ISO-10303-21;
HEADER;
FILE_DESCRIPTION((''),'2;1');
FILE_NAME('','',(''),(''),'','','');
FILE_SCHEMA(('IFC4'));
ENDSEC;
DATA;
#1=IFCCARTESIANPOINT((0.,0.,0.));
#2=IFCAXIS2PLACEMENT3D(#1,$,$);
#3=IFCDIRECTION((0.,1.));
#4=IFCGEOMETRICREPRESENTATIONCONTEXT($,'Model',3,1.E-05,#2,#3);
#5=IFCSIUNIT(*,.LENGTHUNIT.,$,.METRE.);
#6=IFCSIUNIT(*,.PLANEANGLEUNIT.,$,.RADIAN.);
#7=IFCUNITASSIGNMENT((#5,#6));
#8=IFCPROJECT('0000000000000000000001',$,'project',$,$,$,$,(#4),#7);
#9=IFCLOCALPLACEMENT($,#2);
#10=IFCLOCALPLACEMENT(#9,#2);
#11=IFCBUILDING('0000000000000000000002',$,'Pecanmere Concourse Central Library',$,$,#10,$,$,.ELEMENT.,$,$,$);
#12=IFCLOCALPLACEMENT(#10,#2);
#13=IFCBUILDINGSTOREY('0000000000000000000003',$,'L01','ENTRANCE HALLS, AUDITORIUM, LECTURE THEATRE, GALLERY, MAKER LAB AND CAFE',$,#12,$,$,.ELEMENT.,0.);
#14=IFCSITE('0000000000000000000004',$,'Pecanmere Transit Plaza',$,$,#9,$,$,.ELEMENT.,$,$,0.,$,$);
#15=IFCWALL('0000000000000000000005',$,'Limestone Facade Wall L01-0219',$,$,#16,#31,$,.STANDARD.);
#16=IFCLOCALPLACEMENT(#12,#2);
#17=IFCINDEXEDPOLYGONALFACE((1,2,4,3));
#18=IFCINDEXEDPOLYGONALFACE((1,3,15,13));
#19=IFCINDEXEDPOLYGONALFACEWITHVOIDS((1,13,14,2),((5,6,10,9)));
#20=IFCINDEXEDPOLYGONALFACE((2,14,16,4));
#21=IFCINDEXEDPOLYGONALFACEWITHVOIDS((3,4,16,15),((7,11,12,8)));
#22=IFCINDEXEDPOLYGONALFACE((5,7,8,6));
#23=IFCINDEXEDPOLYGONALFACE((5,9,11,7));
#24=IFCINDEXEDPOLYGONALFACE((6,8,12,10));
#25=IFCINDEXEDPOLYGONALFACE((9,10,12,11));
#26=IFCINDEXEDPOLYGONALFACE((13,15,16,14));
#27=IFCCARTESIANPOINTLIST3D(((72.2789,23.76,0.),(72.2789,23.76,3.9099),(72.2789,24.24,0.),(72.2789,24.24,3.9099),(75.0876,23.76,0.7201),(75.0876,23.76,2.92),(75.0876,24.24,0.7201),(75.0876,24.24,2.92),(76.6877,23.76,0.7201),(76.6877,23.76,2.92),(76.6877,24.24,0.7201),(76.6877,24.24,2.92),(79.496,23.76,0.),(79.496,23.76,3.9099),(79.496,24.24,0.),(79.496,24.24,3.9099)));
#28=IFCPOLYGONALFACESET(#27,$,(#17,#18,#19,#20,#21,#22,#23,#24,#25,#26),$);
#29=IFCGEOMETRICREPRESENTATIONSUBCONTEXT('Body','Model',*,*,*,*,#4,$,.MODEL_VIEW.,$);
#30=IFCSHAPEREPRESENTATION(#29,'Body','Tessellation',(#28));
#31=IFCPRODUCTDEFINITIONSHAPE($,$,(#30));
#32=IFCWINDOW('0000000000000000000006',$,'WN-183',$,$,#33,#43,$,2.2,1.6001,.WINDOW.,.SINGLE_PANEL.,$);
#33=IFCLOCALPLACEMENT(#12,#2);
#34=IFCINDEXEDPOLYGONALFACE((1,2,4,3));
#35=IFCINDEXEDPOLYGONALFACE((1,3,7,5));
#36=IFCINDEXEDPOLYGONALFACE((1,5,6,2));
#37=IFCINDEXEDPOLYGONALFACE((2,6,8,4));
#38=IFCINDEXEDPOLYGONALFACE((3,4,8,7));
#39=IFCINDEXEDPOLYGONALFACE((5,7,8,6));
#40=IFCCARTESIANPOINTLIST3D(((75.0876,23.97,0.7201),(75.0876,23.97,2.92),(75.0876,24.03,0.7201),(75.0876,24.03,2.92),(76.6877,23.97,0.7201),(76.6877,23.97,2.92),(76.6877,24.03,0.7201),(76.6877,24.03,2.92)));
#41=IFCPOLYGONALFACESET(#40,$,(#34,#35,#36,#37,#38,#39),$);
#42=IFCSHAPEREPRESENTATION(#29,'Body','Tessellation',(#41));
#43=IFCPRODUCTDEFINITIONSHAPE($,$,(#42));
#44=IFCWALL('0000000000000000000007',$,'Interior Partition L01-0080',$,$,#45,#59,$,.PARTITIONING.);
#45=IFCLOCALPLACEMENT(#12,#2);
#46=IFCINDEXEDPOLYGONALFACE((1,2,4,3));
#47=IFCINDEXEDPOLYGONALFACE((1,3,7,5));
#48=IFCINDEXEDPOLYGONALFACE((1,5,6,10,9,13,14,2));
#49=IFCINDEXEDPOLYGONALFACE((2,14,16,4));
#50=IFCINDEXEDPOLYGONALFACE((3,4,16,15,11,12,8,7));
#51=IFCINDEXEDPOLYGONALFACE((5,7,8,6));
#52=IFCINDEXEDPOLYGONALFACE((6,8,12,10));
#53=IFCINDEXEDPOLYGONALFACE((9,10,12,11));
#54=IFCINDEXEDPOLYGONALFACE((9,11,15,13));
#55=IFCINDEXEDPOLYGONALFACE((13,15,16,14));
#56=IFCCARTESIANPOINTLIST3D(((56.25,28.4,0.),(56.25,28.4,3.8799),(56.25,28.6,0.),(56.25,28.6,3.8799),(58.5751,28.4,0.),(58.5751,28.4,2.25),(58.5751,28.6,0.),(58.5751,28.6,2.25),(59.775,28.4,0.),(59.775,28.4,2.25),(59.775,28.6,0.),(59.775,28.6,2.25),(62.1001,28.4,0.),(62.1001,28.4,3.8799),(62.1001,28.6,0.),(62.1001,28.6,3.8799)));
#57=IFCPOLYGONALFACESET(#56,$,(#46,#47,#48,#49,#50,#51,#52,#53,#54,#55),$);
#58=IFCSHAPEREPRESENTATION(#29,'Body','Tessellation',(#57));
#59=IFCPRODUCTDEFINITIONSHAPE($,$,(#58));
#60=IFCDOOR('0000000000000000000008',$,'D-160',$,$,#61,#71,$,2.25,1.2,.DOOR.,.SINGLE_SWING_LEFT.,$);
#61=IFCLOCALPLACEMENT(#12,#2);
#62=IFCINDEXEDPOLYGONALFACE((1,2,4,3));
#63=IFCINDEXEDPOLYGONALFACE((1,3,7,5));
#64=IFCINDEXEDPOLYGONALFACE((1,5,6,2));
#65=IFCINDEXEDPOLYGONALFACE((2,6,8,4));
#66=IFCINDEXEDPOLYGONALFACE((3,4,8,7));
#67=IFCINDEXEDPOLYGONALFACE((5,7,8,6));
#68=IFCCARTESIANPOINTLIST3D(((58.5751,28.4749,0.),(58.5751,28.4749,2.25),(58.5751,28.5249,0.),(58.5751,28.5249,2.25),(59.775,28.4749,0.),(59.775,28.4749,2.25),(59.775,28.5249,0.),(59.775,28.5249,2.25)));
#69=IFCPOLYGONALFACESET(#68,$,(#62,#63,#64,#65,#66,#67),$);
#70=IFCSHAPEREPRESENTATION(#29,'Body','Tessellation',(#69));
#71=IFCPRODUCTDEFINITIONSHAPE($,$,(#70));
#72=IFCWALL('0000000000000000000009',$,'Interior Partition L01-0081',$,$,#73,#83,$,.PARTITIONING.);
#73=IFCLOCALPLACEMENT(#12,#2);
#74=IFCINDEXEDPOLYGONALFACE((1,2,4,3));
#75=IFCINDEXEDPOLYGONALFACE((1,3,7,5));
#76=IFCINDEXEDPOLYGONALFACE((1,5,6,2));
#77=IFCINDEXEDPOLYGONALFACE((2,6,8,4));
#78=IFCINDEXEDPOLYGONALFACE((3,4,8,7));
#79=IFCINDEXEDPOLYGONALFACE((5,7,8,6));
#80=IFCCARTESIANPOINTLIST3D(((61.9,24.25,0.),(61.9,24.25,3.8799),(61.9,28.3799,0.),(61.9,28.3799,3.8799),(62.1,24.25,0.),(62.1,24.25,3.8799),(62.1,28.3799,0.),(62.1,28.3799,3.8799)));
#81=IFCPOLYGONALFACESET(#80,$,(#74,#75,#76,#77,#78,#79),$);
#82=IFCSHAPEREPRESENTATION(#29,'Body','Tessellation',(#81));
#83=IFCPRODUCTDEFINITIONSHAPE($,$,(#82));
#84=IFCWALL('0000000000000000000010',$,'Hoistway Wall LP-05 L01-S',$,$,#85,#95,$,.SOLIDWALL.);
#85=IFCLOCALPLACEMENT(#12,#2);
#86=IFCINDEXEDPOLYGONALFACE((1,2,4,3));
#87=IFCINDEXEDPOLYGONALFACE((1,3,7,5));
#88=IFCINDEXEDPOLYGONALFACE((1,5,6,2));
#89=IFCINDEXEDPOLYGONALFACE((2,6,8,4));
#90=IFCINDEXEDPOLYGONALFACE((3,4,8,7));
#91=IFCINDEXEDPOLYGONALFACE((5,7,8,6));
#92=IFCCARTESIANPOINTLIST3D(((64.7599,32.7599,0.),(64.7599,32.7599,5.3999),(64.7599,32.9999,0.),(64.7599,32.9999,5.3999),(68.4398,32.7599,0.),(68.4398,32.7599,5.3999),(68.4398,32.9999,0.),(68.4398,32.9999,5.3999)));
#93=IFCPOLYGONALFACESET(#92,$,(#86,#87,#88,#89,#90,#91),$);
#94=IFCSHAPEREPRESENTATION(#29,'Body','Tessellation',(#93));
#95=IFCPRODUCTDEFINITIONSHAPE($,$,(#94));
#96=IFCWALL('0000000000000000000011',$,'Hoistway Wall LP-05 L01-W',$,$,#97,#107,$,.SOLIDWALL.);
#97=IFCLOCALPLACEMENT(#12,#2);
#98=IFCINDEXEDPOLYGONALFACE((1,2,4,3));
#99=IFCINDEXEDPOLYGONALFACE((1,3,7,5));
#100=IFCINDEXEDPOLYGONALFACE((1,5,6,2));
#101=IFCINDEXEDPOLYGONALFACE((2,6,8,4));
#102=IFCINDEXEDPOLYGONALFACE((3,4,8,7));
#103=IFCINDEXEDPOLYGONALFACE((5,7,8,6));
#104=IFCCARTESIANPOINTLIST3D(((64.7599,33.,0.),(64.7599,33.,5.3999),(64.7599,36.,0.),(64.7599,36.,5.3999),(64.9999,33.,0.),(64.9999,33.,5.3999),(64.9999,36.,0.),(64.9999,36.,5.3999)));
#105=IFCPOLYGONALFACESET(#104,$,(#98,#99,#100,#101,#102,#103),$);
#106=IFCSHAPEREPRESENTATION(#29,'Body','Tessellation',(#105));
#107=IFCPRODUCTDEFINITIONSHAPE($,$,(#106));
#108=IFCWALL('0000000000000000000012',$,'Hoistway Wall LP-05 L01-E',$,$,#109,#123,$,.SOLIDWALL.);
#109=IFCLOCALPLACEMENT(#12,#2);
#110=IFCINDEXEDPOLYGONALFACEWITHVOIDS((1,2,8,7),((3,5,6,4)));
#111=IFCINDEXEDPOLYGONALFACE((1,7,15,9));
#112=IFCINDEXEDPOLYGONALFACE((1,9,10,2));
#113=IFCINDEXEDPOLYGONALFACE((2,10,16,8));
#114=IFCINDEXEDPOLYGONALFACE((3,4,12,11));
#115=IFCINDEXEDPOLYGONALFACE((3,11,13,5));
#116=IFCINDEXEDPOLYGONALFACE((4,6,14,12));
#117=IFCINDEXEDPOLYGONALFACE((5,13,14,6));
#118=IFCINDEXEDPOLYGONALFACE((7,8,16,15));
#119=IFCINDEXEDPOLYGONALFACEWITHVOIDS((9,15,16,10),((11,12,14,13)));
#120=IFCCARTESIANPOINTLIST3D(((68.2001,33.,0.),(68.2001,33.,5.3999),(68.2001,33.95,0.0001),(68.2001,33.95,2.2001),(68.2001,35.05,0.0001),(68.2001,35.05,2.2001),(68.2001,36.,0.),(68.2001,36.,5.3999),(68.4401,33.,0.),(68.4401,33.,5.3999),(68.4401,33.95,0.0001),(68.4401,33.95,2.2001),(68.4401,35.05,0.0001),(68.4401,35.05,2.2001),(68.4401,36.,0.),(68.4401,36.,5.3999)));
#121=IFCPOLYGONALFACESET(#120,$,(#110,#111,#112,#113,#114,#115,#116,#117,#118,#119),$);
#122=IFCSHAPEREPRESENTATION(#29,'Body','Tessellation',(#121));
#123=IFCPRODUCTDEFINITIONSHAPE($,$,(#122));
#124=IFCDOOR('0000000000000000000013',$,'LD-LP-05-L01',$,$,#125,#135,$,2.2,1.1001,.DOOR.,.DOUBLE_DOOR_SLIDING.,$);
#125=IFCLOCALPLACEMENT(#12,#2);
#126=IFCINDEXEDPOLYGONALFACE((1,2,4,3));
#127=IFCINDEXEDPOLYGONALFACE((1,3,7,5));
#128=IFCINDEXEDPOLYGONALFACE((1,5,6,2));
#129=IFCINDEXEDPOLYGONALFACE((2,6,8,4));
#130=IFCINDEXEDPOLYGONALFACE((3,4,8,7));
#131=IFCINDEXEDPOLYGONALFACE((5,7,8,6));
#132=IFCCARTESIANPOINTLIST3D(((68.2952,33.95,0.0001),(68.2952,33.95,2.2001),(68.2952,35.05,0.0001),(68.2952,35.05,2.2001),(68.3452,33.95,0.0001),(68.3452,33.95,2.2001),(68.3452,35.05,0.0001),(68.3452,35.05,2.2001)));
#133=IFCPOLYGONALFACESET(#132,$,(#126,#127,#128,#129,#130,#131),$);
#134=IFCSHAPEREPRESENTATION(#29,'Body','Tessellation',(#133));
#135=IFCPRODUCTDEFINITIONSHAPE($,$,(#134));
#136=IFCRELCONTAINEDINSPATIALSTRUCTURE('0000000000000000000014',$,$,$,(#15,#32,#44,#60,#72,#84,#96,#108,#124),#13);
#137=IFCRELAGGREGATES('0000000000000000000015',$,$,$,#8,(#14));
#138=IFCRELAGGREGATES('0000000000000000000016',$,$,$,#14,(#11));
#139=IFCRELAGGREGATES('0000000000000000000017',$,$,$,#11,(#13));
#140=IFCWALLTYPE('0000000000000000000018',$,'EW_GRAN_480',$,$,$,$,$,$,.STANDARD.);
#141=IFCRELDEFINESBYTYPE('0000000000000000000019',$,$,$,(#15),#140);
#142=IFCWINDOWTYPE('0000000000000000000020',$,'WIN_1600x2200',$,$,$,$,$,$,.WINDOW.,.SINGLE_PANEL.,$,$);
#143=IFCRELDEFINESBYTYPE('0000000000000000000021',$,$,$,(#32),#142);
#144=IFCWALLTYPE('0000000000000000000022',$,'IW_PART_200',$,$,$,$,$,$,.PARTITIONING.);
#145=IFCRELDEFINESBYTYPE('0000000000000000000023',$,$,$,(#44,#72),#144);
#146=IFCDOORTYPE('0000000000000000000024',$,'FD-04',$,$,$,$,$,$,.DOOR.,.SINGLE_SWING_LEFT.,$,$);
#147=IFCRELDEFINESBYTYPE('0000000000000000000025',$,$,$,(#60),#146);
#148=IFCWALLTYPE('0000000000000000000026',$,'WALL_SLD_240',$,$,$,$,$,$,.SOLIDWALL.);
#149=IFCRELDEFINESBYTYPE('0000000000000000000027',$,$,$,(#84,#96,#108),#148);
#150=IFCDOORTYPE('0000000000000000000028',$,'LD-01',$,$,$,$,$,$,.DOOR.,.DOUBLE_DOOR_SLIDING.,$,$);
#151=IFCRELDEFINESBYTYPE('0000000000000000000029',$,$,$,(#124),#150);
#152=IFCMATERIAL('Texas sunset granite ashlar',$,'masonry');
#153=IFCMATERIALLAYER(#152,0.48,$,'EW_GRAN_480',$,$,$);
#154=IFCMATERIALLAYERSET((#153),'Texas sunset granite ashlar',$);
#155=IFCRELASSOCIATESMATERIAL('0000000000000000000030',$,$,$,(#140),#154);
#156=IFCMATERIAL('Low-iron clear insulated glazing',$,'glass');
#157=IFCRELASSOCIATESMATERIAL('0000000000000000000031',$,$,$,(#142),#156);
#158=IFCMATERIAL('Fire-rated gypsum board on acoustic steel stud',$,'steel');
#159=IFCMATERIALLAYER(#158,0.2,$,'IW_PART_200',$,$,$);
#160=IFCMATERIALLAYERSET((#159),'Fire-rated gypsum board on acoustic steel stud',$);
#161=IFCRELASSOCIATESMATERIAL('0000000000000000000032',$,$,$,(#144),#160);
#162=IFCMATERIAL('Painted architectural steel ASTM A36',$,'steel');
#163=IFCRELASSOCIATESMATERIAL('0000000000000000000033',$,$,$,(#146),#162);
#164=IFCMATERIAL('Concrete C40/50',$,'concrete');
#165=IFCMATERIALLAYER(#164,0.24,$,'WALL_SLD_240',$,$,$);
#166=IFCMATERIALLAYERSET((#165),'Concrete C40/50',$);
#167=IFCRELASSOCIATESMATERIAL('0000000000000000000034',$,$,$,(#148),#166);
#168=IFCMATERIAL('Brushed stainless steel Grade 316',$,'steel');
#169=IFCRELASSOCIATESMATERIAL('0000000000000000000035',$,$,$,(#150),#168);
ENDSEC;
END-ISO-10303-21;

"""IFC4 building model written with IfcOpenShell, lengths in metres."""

from ifc_helpers import new_model, si_unit, direction, frame, frame_2d, origin, place, context, subcontext, project, spatial, rectangle, extrude, material, layer, layer_set, type_object, element, fill, save


model = new_model("IFC4")

# Units and contexts
model_context = context("Model", 3, precision=1e-05, world=origin(), true_north=direction((0.0, 1.0)))
body_context = subcontext(model_context, "Body", "Model", "MODEL_VIEW")
ifc_project = project(units=[si_unit("LENGTHUNIT", "METRE"), si_unit("PLANEANGLEUNIT", "RADIAN")], contexts=[model_context])

# Site, building, storey
site_placement = place(None, origin())
site = spatial("IfcSite", under=ifc_project, at=site_placement, Name="Pecanmere Transit Plaza", CompositionType="ELEMENT", RefElevation=0.0)
building_placement = place(site_placement, origin())
building = spatial("IfcBuilding", under=site, at=building_placement, Name="Pecanmere Concourse Central Library", CompositionType="ELEMENT")
storey_placement = place(building_placement, origin())
storey = spatial("IfcBuildingStorey", under=building, at=storey_placement, Name="L01", Description="ENTRANCE HALLS, AUDITORIUM, LECTURE THEATRE, GALLERY, MAKER LAB AND CAFE", CompositionType="ELEMENT", Elevation=0.0)

# Shared definitions
ifc_material_1 = material(Name="Texas sunset granite ashlar", Category="masonry")
ifc_layer_1 = layer(ifc_material_1, 0.48, Name="EW_GRAN_480")
ifc_layer_set_1 = layer_set([ifc_layer_1], Name="Texas sunset granite ashlar")
wall_type_1 = type_object("IfcWallType", Name="EW_GRAN_480", PredefinedType="STANDARD", material=ifc_layer_set_1)

# Wall, opening, window
wall_1_placement = place(storey_placement, frame((72.2791, 24.0, 0.0), z_axis=(0.0, 0.0, 1.0), x_axis=(1.0, 0.0, 0.0)))
wall_1 = element("IfcWall", 1, at=wall_1_placement, inside=storey, type_object=wall_type_1, Name="Limestone Facade Wall L01-0219", PredefinedType="STANDARD", context=body_context, shape_type="SweptSolid", body=[
    extrude(rectangle(XDim=7.217, YDim=0.48, at=frame_2d((3.6084, 0.0))), origin(), (0.0, 0.0, 1.0), 3.9099),
])
opening_1_placement = place(wall_1_placement, frame((2.8086, 0.0, 0.72)))
opening_1 = element("IfcOpeningElement", 2, at=opening_1_placement, cuts=wall_1, PredefinedType="OPENING", context=body_context, shape_type="SweptSolid", body=[
    extrude(rectangle(XDim=1.6001, YDim=2.2, at=frame_2d((0.8, 1.1001))), frame((0.0, 0.252, 0.0), z_axis=(0.0, -1.0, 0.0), x_axis=(1.0, 0.0, 0.0)), (0.0, 0.0, 1.0), 0.5039),
])
ifc_material_2 = material(Name="Low-iron clear insulated glazing", Category="glass")
window_type_1 = type_object("IfcWindowType", Name="WIN_1600x2200", PartitioningType="SINGLE_PANEL", PredefinedType="WINDOW", material=ifc_material_2)
window_1_placement = place(opening_1_placement, origin())
window_1 = element("IfcWindow", 3, at=window_1_placement, inside=storey, type_object=window_type_1, Name="WN-183", OverallHeight=2.2, OverallWidth=1.6001, PartitioningType="SINGLE_PANEL", PredefinedType="WINDOW", context=body_context, shape_type="SweptSolid", body=[
    extrude(rectangle(XDim=1.6001, YDim=2.2, at=frame_2d((0.8, 1.1001))), frame((0.0, 0.03, 0.0), z_axis=(0.0, -1.0, 0.0), x_axis=(1.0, 0.0, 0.0)), (0.0, 0.0, 1.0), 0.0601),
])
fill(opening_1, window_1)

# Wall, opening, door
ifc_material_3 = material(Name="Fire-rated gypsum board on acoustic steel stud", Category="steel")
ifc_layer_2 = layer(ifc_material_3, 0.2, Name="IW_PART_200")
ifc_layer_set_2 = layer_set([ifc_layer_2], Name="Fire-rated gypsum board on acoustic steel stud")
wall_type_2 = type_object("IfcWallType", Name="IW_PART_200", PredefinedType="PARTITIONING", material=ifc_layer_set_2)
wall_2_placement = place(storey_placement, frame((56.25, 28.5, 0.0), z_axis=(0.0, 0.0, 1.0), x_axis=(1.0, 0.0, 0.0)))
wall_2 = element("IfcWall", 4, at=wall_2_placement, inside=storey, type_object=wall_type_2, Name="Interior Partition L01-0080", PredefinedType="PARTITIONING", context=body_context, shape_type="SweptSolid", body=[
    extrude(rectangle(XDim=5.8501, YDim=0.2, at=frame_2d((2.925, 0.0))), origin(), (0.0, 0.0, 1.0), 3.8799),
])
opening_2_placement = place(wall_2_placement, frame((2.325, 0.0, 0.0)))
opening_2 = element("IfcOpeningElement", 5, at=opening_2_placement, cuts=wall_2, PredefinedType="OPENING", context=body_context, shape_type="SweptSolid", body=[
    extrude(rectangle(XDim=1.2, YDim=2.25, at=frame_2d((0.6001, 1.125))), frame((0.0, 0.1118, 0.0), z_axis=(0.0, -1.0, 0.0), x_axis=(1.0, 0.0, 0.0)), (0.0, 0.0, 1.0), 0.2239),
])
ifc_material_4 = material(Name="Painted architectural steel ASTM A36", Category="steel")
door_type_1 = type_object("IfcDoorType", Name="FD-04", OperationType="SINGLE_SWING_LEFT", PredefinedType="DOOR", material=ifc_material_4)
door_1_placement = place(opening_2_placement, origin())
door_1 = element("IfcDoor", 6, at=door_1_placement, inside=storey, type_object=door_type_1, Name="D-160", OperationType="SINGLE_SWING_LEFT", OverallHeight=2.25, OverallWidth=1.2, PredefinedType="DOOR", context=body_context, shape_type="SweptSolid", body=[
    extrude(rectangle(XDim=1.2, YDim=2.25, at=frame_2d((0.6001, 1.125))), frame((0.0, 0.0249, 0.0), z_axis=(0.0, -1.0, 0.0), x_axis=(1.0, 0.0, 0.0)), (0.0, 0.0, 1.0), 0.05),
])
fill(opening_2, door_1)

# Walls
wall_3_placement = place(storey_placement, frame((62.0, 24.25, 0.0), z_axis=(0.0, 0.0, 1.0), x_axis=(0.0, 1.0, 0.0)))
element("IfcWall", 7, at=wall_3_placement, inside=storey, type_object=wall_type_2, Name="Interior Partition L01-0081", PredefinedType="PARTITIONING", context=body_context, shape_type="SweptSolid", body=[
    extrude(rectangle(XDim=4.1299, YDim=0.2, at=frame_2d((2.0649, 0.0))), origin(), (0.0, 0.0, 1.0), 3.8799),
])
ifc_material_5 = material(Name="Concrete C40/50", Category="concrete")
ifc_layer_3 = layer(ifc_material_5, 0.24, Name="WALL_SLD_240")
ifc_layer_set_3 = layer_set([ifc_layer_3], Name="Concrete C40/50")
wall_type_3 = type_object("IfcWallType", Name="WALL_SLD_240", PredefinedType="SOLIDWALL", material=ifc_layer_set_3)
wall_4_placement = place(storey_placement, frame((64.76, 32.8799, 0.0), z_axis=(0.0, 0.0, 1.0), x_axis=(1.0, 0.0, 0.0)))
element("IfcWall", 8, at=wall_4_placement, inside=storey, type_object=wall_type_3, Name="Hoistway Wall LP-05 L01-S", PredefinedType="SOLIDWALL", context=body_context, shape_type="SweptSolid", body=[
    extrude(rectangle(XDim=3.6799, YDim=0.24, at=frame_2d((1.8398, 0.0))), origin(), (0.0, 0.0, 1.0), 5.3999),
])
wall_5_placement = place(storey_placement, frame((64.8799, 33.0, 0.0), z_axis=(0.0, 0.0, 1.0), x_axis=(0.0, 1.0, 0.0)))
element("IfcWall", 9, at=wall_5_placement, inside=storey, type_object=wall_type_3, Name="Hoistway Wall LP-05 L01-W", PredefinedType="SOLIDWALL", context=body_context, shape_type="SweptSolid", body=[
    extrude(rectangle(XDim=3.0, YDim=0.24, at=frame_2d((1.5, 0.0))), origin(), (0.0, 0.0, 1.0), 5.3999),
])

# Wall, opening, door
wall_6_placement = place(storey_placement, frame((68.3201, 33.0, 0.0), z_axis=(0.0, 0.0, 1.0), x_axis=(0.0, 1.0, 0.0)))
wall_6 = element("IfcWall", 10, at=wall_6_placement, inside=storey, type_object=wall_type_3, Name="Hoistway Wall LP-05 L01-E", PredefinedType="SOLIDWALL", context=body_context, shape_type="SweptSolid", body=[
    extrude(rectangle(XDim=3.0, YDim=0.24, at=frame_2d((1.5, 0.0))), origin(), (0.0, 0.0, 1.0), 5.3999),
])
opening_3_placement = place(wall_6_placement, frame((0.95, 0.0, 0.0)))
opening_3 = element("IfcOpeningElement", 11, at=opening_3_placement, cuts=wall_6, PredefinedType="OPENING", context=body_context, shape_type="SweptSolid", body=[
    extrude(rectangle(XDim=1.1001, YDim=2.2, at=frame_2d((0.55, 1.1001))), frame((0.0, 0.1318, 0.0), z_axis=(0.0, -1.0, 0.0), x_axis=(1.0, 0.0, 0.0)), (0.0, 0.0, 1.0), 0.2639),
])
ifc_material_6 = material(Name="Brushed stainless steel Grade 316", Category="steel")
door_type_2 = type_object("IfcDoorType", Name="LD-01", OperationType="DOUBLE_DOOR_SLIDING", PredefinedType="DOOR", material=ifc_material_6)
door_2_placement = place(opening_3_placement, origin())
door_2 = element("IfcDoor", 12, at=door_2_placement, inside=storey, type_object=door_type_2, Name="LD-LP-05-L01", OperationType="DOUBLE_DOOR_SLIDING", OverallHeight=2.2, OverallWidth=1.1001, PredefinedType="DOOR", context=body_context, shape_type="SweptSolid", body=[
    extrude(rectangle(XDim=1.1001, YDim=2.2, at=frame_2d((0.55, 1.1001))), frame((0.0, 0.0249, 0.0), z_axis=(0.0, -1.0, 0.0), x_axis=(1.0, 0.0, 0.0)), (0.0, 0.0, 1.0), 0.05),
])
fill(opening_3, door_2)

save(model, "model.ifc")
